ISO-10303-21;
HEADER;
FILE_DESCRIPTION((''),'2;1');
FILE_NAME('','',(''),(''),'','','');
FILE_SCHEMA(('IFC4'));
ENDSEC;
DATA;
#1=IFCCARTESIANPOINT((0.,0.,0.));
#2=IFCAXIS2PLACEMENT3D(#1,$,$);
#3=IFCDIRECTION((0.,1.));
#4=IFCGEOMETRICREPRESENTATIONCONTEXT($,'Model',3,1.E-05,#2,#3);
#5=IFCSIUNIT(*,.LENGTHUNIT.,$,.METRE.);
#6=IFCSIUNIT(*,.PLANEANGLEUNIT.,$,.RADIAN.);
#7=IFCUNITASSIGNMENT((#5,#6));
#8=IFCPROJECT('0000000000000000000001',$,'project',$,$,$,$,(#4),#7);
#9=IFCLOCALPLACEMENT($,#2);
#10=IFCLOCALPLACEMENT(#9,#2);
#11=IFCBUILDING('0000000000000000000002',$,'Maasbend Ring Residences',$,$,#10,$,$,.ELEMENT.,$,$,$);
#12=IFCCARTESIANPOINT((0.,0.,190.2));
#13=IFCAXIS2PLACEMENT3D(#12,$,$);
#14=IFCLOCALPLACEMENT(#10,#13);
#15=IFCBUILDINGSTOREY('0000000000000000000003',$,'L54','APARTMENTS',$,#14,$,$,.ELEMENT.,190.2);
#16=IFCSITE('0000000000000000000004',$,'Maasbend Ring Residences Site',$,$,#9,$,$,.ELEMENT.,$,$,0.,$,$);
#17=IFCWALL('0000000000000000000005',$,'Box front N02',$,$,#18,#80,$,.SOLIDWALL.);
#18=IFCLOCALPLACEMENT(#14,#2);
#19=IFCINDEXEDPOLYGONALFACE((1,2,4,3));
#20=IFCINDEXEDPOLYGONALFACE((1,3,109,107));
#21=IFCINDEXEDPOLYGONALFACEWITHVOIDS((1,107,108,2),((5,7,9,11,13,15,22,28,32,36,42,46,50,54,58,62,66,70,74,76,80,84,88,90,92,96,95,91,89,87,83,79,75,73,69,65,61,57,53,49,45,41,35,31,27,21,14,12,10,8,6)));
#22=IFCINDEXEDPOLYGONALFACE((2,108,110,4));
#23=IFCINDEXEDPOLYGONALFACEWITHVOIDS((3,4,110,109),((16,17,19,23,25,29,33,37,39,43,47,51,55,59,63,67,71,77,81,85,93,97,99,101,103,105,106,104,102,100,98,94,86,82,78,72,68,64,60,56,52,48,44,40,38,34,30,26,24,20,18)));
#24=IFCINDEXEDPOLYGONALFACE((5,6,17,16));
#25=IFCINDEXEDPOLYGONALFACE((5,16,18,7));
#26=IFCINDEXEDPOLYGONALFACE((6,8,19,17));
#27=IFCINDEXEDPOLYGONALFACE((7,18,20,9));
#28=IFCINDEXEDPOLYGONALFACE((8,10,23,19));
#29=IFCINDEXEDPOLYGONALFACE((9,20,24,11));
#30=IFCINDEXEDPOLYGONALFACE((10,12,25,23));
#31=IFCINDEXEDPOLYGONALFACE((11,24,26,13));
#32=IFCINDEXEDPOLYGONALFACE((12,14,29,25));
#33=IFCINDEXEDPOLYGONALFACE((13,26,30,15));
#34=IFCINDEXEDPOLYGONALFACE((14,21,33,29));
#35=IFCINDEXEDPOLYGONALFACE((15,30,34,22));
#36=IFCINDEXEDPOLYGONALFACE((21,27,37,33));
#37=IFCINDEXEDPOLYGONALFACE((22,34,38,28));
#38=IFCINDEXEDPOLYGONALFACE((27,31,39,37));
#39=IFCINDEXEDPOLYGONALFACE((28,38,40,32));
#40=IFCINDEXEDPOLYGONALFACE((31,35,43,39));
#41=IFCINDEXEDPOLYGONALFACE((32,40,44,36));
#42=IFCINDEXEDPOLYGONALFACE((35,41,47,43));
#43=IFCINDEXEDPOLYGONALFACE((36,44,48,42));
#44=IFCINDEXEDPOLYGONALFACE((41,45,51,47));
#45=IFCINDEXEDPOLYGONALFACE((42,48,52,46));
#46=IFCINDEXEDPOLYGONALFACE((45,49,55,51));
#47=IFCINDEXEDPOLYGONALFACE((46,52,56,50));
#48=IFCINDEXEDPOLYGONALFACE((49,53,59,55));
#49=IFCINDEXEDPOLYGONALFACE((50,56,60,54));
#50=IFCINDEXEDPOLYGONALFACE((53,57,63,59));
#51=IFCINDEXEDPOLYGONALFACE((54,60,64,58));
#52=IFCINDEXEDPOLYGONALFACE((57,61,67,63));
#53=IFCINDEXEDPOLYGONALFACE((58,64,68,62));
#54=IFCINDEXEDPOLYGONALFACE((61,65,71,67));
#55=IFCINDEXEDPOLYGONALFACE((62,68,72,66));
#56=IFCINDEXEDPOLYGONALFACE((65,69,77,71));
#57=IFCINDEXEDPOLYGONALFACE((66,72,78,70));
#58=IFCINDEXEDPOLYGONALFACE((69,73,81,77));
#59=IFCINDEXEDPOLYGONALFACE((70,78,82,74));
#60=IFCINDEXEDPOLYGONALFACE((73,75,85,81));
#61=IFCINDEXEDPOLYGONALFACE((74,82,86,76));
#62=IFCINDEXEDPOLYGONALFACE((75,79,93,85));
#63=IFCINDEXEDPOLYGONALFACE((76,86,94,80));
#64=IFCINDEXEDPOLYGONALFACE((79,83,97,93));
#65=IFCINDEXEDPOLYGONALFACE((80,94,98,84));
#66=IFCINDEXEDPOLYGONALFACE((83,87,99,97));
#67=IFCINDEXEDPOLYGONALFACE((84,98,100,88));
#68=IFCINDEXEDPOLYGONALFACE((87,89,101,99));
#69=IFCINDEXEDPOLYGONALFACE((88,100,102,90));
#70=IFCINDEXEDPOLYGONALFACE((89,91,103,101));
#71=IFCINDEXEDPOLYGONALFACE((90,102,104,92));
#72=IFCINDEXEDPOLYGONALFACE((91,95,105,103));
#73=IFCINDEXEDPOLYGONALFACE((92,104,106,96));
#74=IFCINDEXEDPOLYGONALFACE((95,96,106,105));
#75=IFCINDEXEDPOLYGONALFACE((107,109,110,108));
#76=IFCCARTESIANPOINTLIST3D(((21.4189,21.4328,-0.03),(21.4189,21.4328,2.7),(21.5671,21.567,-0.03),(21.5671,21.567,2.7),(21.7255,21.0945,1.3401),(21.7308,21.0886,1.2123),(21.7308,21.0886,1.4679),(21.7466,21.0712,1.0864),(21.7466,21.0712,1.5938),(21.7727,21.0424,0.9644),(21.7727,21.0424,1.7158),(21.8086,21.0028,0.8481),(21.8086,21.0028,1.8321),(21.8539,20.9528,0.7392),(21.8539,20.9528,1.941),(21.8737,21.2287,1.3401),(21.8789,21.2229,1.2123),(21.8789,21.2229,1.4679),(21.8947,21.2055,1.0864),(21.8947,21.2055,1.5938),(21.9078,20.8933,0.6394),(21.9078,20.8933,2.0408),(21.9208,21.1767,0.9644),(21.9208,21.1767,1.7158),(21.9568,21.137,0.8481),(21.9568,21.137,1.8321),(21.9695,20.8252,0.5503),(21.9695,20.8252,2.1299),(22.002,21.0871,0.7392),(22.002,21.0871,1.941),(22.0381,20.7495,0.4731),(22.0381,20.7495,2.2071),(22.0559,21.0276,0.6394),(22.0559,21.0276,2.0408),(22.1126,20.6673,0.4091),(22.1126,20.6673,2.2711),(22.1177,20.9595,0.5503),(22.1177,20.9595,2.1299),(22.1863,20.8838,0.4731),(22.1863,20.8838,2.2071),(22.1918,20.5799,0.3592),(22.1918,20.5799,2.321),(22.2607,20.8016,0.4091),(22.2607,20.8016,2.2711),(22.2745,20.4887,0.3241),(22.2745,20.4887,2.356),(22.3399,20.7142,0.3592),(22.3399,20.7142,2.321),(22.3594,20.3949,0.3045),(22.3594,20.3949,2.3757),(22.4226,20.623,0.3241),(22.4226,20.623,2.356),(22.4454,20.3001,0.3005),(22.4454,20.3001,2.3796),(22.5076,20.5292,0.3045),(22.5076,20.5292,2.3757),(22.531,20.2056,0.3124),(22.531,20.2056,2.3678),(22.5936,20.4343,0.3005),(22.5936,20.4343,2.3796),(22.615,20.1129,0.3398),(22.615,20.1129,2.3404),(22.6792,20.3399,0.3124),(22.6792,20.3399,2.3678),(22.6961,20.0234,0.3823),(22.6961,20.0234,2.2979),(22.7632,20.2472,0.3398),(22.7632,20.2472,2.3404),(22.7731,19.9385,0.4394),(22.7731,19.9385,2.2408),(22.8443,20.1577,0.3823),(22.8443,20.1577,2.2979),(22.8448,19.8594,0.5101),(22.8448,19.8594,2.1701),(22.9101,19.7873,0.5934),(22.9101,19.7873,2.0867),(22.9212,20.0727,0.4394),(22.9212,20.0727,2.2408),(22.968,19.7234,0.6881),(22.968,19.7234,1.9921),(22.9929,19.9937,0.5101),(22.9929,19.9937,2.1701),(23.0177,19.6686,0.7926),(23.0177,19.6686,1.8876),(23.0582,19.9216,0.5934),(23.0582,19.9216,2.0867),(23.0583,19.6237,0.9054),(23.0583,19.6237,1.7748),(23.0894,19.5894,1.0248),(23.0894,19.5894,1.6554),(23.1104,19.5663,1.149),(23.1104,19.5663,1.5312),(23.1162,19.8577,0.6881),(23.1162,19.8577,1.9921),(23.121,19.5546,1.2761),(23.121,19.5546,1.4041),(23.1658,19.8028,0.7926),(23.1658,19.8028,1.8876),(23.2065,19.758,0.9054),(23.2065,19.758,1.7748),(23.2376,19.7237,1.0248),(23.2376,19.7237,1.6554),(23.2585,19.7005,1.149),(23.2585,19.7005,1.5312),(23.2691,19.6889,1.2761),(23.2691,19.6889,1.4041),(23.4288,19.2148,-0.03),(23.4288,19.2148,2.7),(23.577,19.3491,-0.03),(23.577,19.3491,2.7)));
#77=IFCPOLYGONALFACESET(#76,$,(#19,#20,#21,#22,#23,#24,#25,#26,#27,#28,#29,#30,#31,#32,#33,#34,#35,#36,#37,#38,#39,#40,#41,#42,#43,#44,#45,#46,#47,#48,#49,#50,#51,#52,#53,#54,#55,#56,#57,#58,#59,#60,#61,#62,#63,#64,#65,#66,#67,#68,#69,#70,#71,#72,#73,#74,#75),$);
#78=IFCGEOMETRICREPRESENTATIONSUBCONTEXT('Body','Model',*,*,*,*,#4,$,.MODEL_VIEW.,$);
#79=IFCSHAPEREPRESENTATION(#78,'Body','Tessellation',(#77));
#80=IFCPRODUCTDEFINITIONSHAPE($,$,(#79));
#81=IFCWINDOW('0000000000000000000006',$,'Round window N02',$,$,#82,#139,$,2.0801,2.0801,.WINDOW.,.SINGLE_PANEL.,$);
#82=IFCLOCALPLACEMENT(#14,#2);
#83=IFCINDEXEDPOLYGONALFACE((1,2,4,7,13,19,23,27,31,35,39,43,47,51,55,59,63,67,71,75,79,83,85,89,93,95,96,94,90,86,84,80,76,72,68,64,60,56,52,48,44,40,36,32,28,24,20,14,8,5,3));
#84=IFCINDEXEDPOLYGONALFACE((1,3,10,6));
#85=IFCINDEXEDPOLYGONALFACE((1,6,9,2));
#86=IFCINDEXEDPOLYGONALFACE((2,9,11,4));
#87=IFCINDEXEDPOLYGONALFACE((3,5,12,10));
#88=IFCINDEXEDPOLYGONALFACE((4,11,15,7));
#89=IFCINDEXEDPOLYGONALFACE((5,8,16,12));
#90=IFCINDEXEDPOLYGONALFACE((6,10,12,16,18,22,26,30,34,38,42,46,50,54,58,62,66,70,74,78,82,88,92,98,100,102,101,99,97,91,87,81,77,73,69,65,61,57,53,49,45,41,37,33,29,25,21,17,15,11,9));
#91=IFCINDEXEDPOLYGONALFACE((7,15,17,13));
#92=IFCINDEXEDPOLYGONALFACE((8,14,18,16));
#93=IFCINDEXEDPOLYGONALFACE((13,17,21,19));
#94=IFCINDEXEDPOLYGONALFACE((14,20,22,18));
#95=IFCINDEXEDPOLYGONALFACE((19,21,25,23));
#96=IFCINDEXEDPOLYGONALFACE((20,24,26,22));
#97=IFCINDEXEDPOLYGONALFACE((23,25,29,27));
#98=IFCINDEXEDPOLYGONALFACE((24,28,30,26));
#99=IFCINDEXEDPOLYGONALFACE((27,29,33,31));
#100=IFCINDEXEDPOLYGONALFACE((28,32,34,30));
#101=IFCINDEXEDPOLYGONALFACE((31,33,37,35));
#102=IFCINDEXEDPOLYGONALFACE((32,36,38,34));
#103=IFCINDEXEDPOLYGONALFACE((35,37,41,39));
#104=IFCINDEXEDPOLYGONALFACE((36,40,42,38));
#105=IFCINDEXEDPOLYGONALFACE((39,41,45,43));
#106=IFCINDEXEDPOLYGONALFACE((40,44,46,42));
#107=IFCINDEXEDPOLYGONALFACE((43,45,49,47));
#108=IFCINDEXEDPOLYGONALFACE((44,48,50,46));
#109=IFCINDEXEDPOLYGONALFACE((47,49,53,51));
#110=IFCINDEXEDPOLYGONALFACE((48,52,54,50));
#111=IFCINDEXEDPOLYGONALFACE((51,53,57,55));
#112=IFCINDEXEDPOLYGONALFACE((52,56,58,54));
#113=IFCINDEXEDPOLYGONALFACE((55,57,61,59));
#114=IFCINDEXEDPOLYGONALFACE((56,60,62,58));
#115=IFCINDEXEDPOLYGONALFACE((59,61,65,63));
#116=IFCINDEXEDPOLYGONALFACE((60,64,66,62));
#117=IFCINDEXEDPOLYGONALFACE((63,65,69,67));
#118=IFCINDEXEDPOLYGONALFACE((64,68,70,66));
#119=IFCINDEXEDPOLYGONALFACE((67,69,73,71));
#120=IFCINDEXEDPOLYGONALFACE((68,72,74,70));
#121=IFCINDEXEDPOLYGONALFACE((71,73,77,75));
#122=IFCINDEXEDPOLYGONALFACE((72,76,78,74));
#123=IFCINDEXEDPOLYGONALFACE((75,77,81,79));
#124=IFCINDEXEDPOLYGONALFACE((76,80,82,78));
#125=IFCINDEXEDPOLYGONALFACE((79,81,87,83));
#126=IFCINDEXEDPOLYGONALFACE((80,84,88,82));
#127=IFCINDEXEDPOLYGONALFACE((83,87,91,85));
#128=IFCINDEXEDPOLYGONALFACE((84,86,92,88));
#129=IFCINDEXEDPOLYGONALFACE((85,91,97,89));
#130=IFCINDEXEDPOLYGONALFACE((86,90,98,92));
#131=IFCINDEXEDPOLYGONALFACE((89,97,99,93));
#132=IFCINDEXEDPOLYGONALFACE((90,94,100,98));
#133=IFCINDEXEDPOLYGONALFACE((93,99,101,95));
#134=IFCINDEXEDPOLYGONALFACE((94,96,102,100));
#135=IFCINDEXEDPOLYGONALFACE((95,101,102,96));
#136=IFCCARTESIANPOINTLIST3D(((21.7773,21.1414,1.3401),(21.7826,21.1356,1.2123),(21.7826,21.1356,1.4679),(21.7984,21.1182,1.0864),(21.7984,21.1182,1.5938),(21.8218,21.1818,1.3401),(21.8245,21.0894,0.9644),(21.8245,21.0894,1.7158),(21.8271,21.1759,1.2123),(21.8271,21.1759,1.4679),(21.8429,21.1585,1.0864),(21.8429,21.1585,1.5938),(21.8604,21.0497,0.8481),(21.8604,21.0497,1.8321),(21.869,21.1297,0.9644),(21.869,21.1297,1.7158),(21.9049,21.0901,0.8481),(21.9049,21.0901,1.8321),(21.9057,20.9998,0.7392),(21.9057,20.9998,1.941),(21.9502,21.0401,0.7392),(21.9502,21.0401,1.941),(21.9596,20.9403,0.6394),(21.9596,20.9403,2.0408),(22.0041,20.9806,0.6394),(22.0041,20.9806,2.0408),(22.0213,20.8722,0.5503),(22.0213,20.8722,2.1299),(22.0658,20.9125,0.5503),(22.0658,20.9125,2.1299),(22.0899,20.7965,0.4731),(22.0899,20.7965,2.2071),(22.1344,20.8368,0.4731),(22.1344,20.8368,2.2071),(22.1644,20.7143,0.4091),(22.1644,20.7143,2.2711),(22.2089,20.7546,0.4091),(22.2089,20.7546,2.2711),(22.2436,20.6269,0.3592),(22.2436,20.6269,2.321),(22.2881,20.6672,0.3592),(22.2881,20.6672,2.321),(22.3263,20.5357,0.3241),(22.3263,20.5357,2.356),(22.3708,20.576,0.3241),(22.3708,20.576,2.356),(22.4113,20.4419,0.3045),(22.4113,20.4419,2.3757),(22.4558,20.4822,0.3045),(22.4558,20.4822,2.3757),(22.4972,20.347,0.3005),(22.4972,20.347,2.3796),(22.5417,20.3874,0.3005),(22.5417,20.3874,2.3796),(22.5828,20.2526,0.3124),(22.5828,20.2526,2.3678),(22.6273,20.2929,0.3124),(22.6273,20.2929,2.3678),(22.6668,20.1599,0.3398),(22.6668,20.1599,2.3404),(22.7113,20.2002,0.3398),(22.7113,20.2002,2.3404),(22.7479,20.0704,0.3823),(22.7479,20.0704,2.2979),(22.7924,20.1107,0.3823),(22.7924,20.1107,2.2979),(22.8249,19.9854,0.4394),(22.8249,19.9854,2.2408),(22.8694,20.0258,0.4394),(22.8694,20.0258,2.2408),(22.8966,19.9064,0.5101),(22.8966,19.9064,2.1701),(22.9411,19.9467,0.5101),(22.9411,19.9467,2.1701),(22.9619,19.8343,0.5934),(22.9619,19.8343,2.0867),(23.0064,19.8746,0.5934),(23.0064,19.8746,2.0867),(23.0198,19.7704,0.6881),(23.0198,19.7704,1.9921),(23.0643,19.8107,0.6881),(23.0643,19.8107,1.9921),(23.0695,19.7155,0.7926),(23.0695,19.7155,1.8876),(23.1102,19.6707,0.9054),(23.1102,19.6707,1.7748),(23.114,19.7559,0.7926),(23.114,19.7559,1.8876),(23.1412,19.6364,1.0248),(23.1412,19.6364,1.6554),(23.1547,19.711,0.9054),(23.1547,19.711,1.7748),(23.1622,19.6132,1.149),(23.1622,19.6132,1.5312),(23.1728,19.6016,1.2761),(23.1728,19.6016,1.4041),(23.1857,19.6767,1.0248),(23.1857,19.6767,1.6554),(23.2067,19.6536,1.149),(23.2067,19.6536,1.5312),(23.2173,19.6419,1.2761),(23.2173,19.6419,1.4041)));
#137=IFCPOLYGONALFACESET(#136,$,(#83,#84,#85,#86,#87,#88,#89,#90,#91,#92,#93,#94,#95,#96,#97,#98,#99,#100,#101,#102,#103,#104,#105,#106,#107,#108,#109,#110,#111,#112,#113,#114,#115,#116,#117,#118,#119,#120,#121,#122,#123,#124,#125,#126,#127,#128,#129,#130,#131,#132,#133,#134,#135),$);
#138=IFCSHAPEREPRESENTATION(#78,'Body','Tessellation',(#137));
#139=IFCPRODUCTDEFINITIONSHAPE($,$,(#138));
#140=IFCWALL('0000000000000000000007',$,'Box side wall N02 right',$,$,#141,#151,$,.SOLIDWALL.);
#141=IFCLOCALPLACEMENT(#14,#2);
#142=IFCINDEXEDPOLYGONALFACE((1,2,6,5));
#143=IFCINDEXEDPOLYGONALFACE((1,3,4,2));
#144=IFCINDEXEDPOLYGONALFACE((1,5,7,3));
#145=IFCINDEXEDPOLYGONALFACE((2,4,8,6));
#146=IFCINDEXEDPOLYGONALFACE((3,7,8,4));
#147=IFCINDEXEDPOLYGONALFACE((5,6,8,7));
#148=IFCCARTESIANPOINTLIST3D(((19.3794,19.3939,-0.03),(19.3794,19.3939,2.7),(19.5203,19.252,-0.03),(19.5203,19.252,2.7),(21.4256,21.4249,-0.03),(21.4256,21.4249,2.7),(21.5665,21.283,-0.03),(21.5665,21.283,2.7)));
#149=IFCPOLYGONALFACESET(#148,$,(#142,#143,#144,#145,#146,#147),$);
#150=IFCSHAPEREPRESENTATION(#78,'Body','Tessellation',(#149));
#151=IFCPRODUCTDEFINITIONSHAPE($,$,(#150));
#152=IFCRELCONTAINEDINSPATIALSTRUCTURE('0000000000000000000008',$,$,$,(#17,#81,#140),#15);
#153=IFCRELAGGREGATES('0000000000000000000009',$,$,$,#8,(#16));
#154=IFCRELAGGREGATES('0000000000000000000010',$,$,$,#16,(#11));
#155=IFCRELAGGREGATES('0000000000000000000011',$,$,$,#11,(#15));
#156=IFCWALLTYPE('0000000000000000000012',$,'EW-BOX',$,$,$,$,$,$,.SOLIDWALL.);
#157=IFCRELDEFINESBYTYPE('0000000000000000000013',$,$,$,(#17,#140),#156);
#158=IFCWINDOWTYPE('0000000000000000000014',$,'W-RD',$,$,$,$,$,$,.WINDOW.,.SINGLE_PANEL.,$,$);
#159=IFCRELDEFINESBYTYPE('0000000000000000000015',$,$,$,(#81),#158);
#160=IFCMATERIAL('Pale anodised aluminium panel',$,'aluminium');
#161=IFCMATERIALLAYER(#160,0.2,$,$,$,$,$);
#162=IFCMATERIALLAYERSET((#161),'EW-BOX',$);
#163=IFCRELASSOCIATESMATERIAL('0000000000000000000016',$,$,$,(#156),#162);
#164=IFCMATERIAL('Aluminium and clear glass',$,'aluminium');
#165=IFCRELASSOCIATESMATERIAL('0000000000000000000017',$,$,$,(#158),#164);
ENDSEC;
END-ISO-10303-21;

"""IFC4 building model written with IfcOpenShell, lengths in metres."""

from ifc_helpers import new_model, si_unit, direction, frame, frame_2d, origin, place, context, subcontext, project, spatial, rectangle, circle, extrude, material, layer, layer_set, type_object, element, fill, save


model = new_model("IFC4")

# Units and contexts
model_context = context("Model", 3, precision=1e-05, world=origin(), true_north=direction((0.0, 1.0)))
body_context = subcontext(model_context, "Body", "Model", "MODEL_VIEW")
ifc_project = project(units=[si_unit("LENGTHUNIT", "METRE"), si_unit("PLANEANGLEUNIT", "RADIAN")], contexts=[model_context])

# Site, building, storey
site_placement = place(None, origin())
site = spatial("IfcSite", under=ifc_project, at=site_placement, Name="Maasbend Ring Residences Site", CompositionType="ELEMENT", RefElevation=0.0)
building_placement = place(site_placement, origin())
building = spatial("IfcBuilding", under=site, at=building_placement, Name="Maasbend Ring Residences", CompositionType="ELEMENT")
storey_placement = place(building_placement, frame((0.0, 0.0, 190.2)))
storey = spatial("IfcBuildingStorey", under=building, at=storey_placement, Name="L54", Description="APARTMENTS", CompositionType="ELEMENT", Elevation=190.2)

# Wall, opening, window
ifc_material_1 = material(Name="Pale anodised aluminium panel", Category="aluminium")
ifc_layer_1 = layer(ifc_material_1, 0.2)
ifc_layer_set_1 = layer_set([ifc_layer_1], Name="EW-BOX")
wall_type_1 = type_object("IfcWallType", Name="EW-BOX", PredefinedType="SOLIDWALL", material=ifc_layer_set_1)
wall_1_placement = place(storey_placement, frame((23.5029, 19.282, -0.03), z_axis=(0.0, 0.0, 1.0), x_axis=(-0.671507, 0.740998, 0.0)))
wall_1 = element("IfcWall", 1, at=wall_1_placement, inside=storey, type_object=wall_type_1, Name="Box front N02", PredefinedType="SOLIDWALL", context=body_context, shape_type="SweptSolid", body=[
    extrude(rectangle(XDim=2.9932, YDim=0.2, at=frame_2d((1.4966, 0.0))), origin(), (0.0, 0.0, 1.0), 2.73),
])
opening_1_placement = place(wall_1_placement, frame((0.4565, 0.0, 0.3301)))
opening_1 = element("IfcOpeningElement", 2, at=opening_1_placement, cuts=wall_1, PredefinedType="OPENING", context=body_context, shape_type="SweptSolid", body=[
    extrude(circle(Radius=1.04, at=frame_2d((1.04, 1.04))), frame((0.0, 0.1099, 0.0), z_axis=(0.0, -1.0, 0.0), x_axis=(1.0, 0.0, 0.0)), (0.0, 0.0, 1.0), 0.22),
])
ifc_material_2 = material(Name="Aluminium and clear glass", Category="aluminium")
window_type_1 = type_object("IfcWindowType", Name="W-RD", PartitioningType="SINGLE_PANEL", PredefinedType="WINDOW", material=ifc_material_2)
window_1_placement = place(opening_1_placement, origin())
window_1 = element("IfcWindow", 3, at=window_1_placement, inside=storey, type_object=window_type_1, Name="Round window N02", OverallHeight=2.0801, OverallWidth=2.0801, PartitioningType="SINGLE_PANEL", PredefinedType="WINDOW", context=body_context, shape_type="SweptSolid", body=[
    extrude(circle(Radius=1.04, at=frame_2d((1.04, 1.04))), frame((0.0, 0.03, 0.0), z_axis=(0.0, -1.0, 0.0), x_axis=(1.0, 0.0, 0.0)), (0.0, 0.0, 1.0), 0.0601),
])
fill(opening_1, window_1)

# Wall
wall_2_placement = place(storey_placement, frame((19.45, 19.323, -0.03), z_axis=(0.0, 0.0, 1.0), x_axis=(0.709727, 0.704477, 0.0)))
element("IfcWall", 4, at=wall_2_placement, inside=storey, type_object=wall_type_1, Name="Box side wall N02 right", PredefinedType="SOLIDWALL", context=body_context, shape_type="SweptSolid", body=[
    extrude(rectangle(XDim=2.8831, YDim=0.2, at=frame_2d((1.4414, 0.0))), origin(), (0.0, 0.0, 1.0), 2.73),
])

save(model, "model.ifc")
